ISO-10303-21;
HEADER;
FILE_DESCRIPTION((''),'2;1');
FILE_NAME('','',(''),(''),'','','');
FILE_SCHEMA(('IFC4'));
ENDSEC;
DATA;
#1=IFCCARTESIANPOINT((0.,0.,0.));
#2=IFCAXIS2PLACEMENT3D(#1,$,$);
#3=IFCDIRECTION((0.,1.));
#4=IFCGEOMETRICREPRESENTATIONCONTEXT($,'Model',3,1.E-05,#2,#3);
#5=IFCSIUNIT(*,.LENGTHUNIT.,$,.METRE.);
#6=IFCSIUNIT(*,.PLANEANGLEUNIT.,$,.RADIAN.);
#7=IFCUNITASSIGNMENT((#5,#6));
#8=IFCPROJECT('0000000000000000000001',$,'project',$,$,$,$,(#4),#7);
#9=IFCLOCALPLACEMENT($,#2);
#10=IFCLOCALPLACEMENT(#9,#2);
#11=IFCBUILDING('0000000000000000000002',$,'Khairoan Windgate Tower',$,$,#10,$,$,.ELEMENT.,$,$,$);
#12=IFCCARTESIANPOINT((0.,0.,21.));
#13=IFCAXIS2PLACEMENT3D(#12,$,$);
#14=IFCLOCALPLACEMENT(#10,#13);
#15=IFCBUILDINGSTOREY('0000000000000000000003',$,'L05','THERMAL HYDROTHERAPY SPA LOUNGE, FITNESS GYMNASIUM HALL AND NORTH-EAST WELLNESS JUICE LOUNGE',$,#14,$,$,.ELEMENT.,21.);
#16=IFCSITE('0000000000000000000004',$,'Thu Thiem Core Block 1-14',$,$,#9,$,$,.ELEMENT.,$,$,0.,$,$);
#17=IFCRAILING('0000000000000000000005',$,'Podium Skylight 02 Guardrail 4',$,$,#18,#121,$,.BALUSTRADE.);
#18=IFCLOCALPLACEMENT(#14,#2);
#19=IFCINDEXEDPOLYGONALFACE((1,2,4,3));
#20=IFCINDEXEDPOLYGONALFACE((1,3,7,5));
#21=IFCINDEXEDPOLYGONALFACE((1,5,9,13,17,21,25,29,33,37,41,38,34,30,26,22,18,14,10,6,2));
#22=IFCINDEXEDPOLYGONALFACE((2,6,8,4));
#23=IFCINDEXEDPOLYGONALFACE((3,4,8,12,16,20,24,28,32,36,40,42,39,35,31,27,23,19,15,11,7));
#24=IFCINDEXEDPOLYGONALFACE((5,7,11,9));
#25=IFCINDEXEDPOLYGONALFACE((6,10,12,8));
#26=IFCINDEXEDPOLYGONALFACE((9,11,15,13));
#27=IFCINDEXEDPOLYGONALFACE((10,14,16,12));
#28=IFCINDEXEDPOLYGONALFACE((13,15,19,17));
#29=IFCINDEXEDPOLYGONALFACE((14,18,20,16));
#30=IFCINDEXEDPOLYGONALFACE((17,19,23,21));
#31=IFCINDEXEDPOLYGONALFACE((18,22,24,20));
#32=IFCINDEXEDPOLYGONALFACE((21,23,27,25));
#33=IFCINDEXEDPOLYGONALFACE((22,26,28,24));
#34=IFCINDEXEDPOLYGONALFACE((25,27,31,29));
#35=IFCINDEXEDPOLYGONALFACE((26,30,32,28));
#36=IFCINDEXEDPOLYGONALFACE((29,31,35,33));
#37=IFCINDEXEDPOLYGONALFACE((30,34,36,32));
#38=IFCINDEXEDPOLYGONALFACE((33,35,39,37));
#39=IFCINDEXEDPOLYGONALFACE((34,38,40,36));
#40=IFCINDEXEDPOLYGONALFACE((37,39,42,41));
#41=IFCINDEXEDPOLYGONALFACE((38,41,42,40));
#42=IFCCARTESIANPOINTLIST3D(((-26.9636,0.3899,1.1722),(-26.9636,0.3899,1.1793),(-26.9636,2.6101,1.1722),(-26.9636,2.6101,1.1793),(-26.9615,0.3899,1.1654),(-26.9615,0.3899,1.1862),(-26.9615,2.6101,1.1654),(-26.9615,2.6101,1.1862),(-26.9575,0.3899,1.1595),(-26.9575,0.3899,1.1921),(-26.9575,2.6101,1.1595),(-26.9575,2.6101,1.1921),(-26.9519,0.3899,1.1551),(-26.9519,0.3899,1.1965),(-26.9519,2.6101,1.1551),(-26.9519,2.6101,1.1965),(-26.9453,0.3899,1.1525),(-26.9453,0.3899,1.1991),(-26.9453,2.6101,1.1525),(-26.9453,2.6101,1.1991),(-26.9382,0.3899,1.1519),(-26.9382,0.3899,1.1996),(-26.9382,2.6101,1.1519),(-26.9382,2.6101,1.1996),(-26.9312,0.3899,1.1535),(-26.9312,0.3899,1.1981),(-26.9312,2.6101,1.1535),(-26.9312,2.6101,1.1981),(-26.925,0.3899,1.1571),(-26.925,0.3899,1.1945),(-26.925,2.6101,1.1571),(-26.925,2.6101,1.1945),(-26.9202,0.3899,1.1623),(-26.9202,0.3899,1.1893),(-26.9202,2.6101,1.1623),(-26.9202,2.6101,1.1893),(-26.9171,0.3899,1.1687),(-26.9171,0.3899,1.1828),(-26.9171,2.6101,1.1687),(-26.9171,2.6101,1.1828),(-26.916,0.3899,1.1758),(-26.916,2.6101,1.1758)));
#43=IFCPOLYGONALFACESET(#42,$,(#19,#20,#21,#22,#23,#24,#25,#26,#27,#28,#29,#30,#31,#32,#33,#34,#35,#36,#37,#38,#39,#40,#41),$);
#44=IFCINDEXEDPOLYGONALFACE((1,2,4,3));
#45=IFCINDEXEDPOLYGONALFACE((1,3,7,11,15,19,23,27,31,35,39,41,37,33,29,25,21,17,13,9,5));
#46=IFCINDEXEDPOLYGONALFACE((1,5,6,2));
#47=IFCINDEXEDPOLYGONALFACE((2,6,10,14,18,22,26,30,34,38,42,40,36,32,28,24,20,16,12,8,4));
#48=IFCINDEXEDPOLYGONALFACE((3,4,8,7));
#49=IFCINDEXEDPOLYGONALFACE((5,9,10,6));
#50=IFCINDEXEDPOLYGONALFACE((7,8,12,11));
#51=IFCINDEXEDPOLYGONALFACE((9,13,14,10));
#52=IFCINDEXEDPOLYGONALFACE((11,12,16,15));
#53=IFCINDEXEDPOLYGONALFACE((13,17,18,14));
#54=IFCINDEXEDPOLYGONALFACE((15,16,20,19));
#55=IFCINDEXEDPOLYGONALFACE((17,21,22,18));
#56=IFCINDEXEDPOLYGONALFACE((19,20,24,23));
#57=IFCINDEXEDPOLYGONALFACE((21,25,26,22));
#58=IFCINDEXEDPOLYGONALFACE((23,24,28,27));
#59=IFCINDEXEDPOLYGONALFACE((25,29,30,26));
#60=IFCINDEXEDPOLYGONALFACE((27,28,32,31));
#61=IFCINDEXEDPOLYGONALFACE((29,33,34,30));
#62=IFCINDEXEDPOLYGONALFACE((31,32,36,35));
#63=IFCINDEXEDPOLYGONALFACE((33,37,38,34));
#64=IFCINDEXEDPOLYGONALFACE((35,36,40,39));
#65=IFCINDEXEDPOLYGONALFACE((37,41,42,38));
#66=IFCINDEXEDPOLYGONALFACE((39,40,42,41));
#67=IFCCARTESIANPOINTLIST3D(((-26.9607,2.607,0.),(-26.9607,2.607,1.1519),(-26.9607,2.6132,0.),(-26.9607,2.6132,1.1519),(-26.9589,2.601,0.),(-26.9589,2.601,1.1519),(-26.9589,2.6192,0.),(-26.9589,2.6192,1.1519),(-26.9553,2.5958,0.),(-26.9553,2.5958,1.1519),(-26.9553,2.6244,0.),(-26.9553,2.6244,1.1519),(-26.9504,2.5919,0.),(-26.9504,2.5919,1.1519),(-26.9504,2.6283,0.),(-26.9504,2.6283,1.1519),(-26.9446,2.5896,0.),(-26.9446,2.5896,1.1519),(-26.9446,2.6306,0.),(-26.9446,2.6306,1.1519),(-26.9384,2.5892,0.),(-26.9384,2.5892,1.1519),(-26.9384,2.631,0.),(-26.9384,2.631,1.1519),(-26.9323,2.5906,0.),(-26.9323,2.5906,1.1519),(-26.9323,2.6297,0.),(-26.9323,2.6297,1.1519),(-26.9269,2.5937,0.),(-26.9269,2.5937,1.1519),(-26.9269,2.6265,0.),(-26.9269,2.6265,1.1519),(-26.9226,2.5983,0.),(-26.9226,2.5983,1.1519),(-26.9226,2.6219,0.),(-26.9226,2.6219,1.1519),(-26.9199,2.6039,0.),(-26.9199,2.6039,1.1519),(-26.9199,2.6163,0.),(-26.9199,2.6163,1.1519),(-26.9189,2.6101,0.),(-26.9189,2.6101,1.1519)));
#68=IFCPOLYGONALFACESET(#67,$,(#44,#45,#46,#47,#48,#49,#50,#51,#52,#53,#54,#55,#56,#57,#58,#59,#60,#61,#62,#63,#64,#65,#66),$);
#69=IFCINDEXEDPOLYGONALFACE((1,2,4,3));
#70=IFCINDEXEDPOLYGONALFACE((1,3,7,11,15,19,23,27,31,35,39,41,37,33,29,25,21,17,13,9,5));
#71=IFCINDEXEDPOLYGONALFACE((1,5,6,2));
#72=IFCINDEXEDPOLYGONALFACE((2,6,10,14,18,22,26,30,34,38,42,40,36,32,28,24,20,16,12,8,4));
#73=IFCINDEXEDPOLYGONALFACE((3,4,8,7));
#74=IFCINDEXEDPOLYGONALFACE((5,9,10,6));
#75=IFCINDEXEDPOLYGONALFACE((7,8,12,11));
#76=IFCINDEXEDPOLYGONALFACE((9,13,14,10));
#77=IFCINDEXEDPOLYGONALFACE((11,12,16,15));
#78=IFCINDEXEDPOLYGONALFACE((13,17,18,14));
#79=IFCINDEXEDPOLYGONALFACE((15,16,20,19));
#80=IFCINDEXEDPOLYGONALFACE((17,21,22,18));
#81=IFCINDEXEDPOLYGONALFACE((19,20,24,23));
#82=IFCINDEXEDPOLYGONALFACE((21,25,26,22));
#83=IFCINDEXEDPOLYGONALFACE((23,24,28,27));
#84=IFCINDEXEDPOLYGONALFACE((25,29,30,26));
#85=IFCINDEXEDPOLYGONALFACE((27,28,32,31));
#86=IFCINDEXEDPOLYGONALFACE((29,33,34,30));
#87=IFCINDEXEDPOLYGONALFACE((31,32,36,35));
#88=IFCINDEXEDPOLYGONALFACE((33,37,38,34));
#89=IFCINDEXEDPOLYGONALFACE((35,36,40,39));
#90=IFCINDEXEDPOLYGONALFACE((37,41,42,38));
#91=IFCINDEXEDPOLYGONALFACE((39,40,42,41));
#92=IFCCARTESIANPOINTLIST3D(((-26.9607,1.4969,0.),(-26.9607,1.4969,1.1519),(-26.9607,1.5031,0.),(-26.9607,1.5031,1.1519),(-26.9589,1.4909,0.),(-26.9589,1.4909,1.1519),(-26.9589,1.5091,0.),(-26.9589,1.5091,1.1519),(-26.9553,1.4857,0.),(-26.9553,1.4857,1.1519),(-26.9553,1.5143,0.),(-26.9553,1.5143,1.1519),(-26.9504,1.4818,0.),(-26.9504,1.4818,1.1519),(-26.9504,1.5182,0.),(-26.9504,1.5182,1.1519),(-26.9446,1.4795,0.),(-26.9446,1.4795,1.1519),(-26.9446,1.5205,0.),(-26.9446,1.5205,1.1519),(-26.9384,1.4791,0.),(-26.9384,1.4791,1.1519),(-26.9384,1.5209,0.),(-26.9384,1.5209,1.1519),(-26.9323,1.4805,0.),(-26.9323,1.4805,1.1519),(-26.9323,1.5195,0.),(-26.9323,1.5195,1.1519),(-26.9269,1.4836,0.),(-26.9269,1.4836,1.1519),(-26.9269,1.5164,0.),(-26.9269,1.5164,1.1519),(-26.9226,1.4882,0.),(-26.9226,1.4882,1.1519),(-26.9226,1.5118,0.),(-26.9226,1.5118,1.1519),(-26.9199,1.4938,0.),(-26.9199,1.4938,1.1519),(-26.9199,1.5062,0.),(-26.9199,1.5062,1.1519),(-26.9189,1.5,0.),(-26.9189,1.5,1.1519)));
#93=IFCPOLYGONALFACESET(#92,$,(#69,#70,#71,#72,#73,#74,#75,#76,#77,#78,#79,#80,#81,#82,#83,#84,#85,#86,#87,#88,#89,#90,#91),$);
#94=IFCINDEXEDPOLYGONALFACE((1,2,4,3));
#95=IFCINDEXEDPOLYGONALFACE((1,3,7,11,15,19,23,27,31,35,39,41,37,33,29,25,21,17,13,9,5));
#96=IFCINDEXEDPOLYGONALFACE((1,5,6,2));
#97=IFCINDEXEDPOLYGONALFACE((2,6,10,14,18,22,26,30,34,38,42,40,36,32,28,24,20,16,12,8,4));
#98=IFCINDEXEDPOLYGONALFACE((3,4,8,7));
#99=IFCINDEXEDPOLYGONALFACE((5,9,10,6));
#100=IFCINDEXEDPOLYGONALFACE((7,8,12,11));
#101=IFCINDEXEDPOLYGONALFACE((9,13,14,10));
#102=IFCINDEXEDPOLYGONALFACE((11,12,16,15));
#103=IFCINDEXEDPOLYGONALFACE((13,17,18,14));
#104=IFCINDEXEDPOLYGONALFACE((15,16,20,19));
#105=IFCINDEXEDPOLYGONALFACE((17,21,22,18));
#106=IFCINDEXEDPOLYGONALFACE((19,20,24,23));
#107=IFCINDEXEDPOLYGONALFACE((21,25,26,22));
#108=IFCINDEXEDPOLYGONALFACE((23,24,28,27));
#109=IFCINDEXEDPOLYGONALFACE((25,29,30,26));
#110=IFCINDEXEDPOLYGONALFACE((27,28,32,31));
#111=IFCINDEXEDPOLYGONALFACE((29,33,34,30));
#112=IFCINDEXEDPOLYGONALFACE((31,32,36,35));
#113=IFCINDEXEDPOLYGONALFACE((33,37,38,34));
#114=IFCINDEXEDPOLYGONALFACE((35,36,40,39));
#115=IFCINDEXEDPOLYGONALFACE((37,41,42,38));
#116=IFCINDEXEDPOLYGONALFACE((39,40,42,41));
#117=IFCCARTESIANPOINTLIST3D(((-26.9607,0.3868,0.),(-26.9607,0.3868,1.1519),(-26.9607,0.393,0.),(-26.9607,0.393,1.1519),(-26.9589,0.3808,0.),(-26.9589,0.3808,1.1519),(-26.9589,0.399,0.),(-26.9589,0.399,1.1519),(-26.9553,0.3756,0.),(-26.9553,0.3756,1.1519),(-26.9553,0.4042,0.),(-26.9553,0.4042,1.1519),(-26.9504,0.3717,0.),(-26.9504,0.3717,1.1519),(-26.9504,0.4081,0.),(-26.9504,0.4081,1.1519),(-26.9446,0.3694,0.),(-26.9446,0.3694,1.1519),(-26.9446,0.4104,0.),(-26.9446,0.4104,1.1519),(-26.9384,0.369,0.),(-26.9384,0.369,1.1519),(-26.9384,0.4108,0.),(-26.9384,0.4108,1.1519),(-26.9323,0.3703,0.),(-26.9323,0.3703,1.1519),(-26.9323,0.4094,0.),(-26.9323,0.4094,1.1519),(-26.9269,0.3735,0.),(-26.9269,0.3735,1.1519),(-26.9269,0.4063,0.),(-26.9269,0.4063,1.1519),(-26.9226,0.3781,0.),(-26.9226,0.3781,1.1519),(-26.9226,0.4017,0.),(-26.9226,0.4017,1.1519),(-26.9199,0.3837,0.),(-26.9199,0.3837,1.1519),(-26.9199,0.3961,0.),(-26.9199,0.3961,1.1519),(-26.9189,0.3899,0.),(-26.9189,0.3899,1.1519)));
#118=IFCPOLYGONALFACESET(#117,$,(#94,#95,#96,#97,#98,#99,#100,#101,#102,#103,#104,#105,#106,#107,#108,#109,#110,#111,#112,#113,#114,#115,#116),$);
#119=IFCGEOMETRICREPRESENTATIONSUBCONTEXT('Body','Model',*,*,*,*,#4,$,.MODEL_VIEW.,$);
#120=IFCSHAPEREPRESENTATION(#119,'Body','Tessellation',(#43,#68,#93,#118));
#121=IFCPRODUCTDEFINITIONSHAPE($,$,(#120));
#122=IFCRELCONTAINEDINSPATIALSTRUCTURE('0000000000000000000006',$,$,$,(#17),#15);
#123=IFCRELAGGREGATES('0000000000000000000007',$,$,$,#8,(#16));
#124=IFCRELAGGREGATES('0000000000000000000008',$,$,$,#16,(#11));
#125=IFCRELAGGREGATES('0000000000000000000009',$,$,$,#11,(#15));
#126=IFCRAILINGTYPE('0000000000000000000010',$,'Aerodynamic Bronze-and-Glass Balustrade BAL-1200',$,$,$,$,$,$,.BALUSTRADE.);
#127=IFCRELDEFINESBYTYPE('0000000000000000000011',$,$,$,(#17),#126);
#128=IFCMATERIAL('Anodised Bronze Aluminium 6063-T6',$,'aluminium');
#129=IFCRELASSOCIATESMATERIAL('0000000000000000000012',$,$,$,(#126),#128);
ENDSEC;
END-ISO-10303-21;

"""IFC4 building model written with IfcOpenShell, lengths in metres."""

from ifc_helpers import new_model, si_unit, direction, frame, origin, origin_2d, place, context, subcontext, project, spatial, circle, extrude, material, type_object, element, save


model = new_model("IFC4")

# Units and contexts
model_context = context("Model", 3, precision=1e-05, world=origin(), true_north=direction((0.0, 1.0)))
body_context = subcontext(model_context, "Body", "Model", "MODEL_VIEW")
ifc_project = project(units=[si_unit("LENGTHUNIT", "METRE"), si_unit("PLANEANGLEUNIT", "RADIAN")], contexts=[model_context])

# Site, building, storey
site_placement = place(None, origin())
site = spatial("IfcSite", under=ifc_project, at=site_placement, Name="Thu Thiem Core Block 1-14", CompositionType="ELEMENT", RefElevation=0.0)
building_placement = place(site_placement, origin())
building = spatial("IfcBuilding", under=site, at=building_placement, Name="Khairoan Windgate Tower", CompositionType="ELEMENT")
storey_placement = place(building_placement, frame((0.0, 0.0, 21.0)))
storey = spatial("IfcBuildingStorey", under=building, at=storey_placement, Name="L05", Description="THERMAL HYDROTHERAPY SPA LOUNGE, FITNESS GYMNASIUM HALL AND NORTH-EAST WELLNESS JUICE LOUNGE", CompositionType="ELEMENT", Elevation=21.0)

# Railing
ifc_material_1 = material(Name="Anodised Bronze Aluminium 6063-T6", Category="aluminium")
railing_type_1 = type_object("IfcRailingType", Name="Aerodynamic Bronze-and-Glass Balustrade BAL-1200", PredefinedType="BALUSTRADE", material=ifc_material_1)
railing_1_placement = place(storey_placement, frame((-26.9399, 2.6101, 0.0)))
element("IfcRailing", 1, at=railing_1_placement, inside=storey, type_object=railing_type_1, Name="Podium Skylight 02 Guardrail 4", PredefinedType="BALUSTRADE", context=body_context, shape_type="SweptSolid", body=[
    extrude(circle(Radius=0.0239, at=origin_2d()), frame((0.0, 0.0, 1.1758), z_axis=(0.0, -1.0, 0.0), x_axis=(1.0, 0.0, 0.0)), (0.0, 0.0, 1.0), 2.2202),
    extrude(circle(Radius=0.021, at=origin_2d()), origin(), (0.0, 0.0, 1.0), 1.1519),
    extrude(circle(Radius=0.021, at=origin_2d()), frame((0.0, -1.1101, 0.0)), (0.0, 0.0, 1.0), 1.1519),
    extrude(circle(Radius=0.021, at=origin_2d()), frame((0.0, -2.2202, 0.0)), (0.0, 0.0, 1.0), 1.1519),
])

save(model, "model.ifc")
